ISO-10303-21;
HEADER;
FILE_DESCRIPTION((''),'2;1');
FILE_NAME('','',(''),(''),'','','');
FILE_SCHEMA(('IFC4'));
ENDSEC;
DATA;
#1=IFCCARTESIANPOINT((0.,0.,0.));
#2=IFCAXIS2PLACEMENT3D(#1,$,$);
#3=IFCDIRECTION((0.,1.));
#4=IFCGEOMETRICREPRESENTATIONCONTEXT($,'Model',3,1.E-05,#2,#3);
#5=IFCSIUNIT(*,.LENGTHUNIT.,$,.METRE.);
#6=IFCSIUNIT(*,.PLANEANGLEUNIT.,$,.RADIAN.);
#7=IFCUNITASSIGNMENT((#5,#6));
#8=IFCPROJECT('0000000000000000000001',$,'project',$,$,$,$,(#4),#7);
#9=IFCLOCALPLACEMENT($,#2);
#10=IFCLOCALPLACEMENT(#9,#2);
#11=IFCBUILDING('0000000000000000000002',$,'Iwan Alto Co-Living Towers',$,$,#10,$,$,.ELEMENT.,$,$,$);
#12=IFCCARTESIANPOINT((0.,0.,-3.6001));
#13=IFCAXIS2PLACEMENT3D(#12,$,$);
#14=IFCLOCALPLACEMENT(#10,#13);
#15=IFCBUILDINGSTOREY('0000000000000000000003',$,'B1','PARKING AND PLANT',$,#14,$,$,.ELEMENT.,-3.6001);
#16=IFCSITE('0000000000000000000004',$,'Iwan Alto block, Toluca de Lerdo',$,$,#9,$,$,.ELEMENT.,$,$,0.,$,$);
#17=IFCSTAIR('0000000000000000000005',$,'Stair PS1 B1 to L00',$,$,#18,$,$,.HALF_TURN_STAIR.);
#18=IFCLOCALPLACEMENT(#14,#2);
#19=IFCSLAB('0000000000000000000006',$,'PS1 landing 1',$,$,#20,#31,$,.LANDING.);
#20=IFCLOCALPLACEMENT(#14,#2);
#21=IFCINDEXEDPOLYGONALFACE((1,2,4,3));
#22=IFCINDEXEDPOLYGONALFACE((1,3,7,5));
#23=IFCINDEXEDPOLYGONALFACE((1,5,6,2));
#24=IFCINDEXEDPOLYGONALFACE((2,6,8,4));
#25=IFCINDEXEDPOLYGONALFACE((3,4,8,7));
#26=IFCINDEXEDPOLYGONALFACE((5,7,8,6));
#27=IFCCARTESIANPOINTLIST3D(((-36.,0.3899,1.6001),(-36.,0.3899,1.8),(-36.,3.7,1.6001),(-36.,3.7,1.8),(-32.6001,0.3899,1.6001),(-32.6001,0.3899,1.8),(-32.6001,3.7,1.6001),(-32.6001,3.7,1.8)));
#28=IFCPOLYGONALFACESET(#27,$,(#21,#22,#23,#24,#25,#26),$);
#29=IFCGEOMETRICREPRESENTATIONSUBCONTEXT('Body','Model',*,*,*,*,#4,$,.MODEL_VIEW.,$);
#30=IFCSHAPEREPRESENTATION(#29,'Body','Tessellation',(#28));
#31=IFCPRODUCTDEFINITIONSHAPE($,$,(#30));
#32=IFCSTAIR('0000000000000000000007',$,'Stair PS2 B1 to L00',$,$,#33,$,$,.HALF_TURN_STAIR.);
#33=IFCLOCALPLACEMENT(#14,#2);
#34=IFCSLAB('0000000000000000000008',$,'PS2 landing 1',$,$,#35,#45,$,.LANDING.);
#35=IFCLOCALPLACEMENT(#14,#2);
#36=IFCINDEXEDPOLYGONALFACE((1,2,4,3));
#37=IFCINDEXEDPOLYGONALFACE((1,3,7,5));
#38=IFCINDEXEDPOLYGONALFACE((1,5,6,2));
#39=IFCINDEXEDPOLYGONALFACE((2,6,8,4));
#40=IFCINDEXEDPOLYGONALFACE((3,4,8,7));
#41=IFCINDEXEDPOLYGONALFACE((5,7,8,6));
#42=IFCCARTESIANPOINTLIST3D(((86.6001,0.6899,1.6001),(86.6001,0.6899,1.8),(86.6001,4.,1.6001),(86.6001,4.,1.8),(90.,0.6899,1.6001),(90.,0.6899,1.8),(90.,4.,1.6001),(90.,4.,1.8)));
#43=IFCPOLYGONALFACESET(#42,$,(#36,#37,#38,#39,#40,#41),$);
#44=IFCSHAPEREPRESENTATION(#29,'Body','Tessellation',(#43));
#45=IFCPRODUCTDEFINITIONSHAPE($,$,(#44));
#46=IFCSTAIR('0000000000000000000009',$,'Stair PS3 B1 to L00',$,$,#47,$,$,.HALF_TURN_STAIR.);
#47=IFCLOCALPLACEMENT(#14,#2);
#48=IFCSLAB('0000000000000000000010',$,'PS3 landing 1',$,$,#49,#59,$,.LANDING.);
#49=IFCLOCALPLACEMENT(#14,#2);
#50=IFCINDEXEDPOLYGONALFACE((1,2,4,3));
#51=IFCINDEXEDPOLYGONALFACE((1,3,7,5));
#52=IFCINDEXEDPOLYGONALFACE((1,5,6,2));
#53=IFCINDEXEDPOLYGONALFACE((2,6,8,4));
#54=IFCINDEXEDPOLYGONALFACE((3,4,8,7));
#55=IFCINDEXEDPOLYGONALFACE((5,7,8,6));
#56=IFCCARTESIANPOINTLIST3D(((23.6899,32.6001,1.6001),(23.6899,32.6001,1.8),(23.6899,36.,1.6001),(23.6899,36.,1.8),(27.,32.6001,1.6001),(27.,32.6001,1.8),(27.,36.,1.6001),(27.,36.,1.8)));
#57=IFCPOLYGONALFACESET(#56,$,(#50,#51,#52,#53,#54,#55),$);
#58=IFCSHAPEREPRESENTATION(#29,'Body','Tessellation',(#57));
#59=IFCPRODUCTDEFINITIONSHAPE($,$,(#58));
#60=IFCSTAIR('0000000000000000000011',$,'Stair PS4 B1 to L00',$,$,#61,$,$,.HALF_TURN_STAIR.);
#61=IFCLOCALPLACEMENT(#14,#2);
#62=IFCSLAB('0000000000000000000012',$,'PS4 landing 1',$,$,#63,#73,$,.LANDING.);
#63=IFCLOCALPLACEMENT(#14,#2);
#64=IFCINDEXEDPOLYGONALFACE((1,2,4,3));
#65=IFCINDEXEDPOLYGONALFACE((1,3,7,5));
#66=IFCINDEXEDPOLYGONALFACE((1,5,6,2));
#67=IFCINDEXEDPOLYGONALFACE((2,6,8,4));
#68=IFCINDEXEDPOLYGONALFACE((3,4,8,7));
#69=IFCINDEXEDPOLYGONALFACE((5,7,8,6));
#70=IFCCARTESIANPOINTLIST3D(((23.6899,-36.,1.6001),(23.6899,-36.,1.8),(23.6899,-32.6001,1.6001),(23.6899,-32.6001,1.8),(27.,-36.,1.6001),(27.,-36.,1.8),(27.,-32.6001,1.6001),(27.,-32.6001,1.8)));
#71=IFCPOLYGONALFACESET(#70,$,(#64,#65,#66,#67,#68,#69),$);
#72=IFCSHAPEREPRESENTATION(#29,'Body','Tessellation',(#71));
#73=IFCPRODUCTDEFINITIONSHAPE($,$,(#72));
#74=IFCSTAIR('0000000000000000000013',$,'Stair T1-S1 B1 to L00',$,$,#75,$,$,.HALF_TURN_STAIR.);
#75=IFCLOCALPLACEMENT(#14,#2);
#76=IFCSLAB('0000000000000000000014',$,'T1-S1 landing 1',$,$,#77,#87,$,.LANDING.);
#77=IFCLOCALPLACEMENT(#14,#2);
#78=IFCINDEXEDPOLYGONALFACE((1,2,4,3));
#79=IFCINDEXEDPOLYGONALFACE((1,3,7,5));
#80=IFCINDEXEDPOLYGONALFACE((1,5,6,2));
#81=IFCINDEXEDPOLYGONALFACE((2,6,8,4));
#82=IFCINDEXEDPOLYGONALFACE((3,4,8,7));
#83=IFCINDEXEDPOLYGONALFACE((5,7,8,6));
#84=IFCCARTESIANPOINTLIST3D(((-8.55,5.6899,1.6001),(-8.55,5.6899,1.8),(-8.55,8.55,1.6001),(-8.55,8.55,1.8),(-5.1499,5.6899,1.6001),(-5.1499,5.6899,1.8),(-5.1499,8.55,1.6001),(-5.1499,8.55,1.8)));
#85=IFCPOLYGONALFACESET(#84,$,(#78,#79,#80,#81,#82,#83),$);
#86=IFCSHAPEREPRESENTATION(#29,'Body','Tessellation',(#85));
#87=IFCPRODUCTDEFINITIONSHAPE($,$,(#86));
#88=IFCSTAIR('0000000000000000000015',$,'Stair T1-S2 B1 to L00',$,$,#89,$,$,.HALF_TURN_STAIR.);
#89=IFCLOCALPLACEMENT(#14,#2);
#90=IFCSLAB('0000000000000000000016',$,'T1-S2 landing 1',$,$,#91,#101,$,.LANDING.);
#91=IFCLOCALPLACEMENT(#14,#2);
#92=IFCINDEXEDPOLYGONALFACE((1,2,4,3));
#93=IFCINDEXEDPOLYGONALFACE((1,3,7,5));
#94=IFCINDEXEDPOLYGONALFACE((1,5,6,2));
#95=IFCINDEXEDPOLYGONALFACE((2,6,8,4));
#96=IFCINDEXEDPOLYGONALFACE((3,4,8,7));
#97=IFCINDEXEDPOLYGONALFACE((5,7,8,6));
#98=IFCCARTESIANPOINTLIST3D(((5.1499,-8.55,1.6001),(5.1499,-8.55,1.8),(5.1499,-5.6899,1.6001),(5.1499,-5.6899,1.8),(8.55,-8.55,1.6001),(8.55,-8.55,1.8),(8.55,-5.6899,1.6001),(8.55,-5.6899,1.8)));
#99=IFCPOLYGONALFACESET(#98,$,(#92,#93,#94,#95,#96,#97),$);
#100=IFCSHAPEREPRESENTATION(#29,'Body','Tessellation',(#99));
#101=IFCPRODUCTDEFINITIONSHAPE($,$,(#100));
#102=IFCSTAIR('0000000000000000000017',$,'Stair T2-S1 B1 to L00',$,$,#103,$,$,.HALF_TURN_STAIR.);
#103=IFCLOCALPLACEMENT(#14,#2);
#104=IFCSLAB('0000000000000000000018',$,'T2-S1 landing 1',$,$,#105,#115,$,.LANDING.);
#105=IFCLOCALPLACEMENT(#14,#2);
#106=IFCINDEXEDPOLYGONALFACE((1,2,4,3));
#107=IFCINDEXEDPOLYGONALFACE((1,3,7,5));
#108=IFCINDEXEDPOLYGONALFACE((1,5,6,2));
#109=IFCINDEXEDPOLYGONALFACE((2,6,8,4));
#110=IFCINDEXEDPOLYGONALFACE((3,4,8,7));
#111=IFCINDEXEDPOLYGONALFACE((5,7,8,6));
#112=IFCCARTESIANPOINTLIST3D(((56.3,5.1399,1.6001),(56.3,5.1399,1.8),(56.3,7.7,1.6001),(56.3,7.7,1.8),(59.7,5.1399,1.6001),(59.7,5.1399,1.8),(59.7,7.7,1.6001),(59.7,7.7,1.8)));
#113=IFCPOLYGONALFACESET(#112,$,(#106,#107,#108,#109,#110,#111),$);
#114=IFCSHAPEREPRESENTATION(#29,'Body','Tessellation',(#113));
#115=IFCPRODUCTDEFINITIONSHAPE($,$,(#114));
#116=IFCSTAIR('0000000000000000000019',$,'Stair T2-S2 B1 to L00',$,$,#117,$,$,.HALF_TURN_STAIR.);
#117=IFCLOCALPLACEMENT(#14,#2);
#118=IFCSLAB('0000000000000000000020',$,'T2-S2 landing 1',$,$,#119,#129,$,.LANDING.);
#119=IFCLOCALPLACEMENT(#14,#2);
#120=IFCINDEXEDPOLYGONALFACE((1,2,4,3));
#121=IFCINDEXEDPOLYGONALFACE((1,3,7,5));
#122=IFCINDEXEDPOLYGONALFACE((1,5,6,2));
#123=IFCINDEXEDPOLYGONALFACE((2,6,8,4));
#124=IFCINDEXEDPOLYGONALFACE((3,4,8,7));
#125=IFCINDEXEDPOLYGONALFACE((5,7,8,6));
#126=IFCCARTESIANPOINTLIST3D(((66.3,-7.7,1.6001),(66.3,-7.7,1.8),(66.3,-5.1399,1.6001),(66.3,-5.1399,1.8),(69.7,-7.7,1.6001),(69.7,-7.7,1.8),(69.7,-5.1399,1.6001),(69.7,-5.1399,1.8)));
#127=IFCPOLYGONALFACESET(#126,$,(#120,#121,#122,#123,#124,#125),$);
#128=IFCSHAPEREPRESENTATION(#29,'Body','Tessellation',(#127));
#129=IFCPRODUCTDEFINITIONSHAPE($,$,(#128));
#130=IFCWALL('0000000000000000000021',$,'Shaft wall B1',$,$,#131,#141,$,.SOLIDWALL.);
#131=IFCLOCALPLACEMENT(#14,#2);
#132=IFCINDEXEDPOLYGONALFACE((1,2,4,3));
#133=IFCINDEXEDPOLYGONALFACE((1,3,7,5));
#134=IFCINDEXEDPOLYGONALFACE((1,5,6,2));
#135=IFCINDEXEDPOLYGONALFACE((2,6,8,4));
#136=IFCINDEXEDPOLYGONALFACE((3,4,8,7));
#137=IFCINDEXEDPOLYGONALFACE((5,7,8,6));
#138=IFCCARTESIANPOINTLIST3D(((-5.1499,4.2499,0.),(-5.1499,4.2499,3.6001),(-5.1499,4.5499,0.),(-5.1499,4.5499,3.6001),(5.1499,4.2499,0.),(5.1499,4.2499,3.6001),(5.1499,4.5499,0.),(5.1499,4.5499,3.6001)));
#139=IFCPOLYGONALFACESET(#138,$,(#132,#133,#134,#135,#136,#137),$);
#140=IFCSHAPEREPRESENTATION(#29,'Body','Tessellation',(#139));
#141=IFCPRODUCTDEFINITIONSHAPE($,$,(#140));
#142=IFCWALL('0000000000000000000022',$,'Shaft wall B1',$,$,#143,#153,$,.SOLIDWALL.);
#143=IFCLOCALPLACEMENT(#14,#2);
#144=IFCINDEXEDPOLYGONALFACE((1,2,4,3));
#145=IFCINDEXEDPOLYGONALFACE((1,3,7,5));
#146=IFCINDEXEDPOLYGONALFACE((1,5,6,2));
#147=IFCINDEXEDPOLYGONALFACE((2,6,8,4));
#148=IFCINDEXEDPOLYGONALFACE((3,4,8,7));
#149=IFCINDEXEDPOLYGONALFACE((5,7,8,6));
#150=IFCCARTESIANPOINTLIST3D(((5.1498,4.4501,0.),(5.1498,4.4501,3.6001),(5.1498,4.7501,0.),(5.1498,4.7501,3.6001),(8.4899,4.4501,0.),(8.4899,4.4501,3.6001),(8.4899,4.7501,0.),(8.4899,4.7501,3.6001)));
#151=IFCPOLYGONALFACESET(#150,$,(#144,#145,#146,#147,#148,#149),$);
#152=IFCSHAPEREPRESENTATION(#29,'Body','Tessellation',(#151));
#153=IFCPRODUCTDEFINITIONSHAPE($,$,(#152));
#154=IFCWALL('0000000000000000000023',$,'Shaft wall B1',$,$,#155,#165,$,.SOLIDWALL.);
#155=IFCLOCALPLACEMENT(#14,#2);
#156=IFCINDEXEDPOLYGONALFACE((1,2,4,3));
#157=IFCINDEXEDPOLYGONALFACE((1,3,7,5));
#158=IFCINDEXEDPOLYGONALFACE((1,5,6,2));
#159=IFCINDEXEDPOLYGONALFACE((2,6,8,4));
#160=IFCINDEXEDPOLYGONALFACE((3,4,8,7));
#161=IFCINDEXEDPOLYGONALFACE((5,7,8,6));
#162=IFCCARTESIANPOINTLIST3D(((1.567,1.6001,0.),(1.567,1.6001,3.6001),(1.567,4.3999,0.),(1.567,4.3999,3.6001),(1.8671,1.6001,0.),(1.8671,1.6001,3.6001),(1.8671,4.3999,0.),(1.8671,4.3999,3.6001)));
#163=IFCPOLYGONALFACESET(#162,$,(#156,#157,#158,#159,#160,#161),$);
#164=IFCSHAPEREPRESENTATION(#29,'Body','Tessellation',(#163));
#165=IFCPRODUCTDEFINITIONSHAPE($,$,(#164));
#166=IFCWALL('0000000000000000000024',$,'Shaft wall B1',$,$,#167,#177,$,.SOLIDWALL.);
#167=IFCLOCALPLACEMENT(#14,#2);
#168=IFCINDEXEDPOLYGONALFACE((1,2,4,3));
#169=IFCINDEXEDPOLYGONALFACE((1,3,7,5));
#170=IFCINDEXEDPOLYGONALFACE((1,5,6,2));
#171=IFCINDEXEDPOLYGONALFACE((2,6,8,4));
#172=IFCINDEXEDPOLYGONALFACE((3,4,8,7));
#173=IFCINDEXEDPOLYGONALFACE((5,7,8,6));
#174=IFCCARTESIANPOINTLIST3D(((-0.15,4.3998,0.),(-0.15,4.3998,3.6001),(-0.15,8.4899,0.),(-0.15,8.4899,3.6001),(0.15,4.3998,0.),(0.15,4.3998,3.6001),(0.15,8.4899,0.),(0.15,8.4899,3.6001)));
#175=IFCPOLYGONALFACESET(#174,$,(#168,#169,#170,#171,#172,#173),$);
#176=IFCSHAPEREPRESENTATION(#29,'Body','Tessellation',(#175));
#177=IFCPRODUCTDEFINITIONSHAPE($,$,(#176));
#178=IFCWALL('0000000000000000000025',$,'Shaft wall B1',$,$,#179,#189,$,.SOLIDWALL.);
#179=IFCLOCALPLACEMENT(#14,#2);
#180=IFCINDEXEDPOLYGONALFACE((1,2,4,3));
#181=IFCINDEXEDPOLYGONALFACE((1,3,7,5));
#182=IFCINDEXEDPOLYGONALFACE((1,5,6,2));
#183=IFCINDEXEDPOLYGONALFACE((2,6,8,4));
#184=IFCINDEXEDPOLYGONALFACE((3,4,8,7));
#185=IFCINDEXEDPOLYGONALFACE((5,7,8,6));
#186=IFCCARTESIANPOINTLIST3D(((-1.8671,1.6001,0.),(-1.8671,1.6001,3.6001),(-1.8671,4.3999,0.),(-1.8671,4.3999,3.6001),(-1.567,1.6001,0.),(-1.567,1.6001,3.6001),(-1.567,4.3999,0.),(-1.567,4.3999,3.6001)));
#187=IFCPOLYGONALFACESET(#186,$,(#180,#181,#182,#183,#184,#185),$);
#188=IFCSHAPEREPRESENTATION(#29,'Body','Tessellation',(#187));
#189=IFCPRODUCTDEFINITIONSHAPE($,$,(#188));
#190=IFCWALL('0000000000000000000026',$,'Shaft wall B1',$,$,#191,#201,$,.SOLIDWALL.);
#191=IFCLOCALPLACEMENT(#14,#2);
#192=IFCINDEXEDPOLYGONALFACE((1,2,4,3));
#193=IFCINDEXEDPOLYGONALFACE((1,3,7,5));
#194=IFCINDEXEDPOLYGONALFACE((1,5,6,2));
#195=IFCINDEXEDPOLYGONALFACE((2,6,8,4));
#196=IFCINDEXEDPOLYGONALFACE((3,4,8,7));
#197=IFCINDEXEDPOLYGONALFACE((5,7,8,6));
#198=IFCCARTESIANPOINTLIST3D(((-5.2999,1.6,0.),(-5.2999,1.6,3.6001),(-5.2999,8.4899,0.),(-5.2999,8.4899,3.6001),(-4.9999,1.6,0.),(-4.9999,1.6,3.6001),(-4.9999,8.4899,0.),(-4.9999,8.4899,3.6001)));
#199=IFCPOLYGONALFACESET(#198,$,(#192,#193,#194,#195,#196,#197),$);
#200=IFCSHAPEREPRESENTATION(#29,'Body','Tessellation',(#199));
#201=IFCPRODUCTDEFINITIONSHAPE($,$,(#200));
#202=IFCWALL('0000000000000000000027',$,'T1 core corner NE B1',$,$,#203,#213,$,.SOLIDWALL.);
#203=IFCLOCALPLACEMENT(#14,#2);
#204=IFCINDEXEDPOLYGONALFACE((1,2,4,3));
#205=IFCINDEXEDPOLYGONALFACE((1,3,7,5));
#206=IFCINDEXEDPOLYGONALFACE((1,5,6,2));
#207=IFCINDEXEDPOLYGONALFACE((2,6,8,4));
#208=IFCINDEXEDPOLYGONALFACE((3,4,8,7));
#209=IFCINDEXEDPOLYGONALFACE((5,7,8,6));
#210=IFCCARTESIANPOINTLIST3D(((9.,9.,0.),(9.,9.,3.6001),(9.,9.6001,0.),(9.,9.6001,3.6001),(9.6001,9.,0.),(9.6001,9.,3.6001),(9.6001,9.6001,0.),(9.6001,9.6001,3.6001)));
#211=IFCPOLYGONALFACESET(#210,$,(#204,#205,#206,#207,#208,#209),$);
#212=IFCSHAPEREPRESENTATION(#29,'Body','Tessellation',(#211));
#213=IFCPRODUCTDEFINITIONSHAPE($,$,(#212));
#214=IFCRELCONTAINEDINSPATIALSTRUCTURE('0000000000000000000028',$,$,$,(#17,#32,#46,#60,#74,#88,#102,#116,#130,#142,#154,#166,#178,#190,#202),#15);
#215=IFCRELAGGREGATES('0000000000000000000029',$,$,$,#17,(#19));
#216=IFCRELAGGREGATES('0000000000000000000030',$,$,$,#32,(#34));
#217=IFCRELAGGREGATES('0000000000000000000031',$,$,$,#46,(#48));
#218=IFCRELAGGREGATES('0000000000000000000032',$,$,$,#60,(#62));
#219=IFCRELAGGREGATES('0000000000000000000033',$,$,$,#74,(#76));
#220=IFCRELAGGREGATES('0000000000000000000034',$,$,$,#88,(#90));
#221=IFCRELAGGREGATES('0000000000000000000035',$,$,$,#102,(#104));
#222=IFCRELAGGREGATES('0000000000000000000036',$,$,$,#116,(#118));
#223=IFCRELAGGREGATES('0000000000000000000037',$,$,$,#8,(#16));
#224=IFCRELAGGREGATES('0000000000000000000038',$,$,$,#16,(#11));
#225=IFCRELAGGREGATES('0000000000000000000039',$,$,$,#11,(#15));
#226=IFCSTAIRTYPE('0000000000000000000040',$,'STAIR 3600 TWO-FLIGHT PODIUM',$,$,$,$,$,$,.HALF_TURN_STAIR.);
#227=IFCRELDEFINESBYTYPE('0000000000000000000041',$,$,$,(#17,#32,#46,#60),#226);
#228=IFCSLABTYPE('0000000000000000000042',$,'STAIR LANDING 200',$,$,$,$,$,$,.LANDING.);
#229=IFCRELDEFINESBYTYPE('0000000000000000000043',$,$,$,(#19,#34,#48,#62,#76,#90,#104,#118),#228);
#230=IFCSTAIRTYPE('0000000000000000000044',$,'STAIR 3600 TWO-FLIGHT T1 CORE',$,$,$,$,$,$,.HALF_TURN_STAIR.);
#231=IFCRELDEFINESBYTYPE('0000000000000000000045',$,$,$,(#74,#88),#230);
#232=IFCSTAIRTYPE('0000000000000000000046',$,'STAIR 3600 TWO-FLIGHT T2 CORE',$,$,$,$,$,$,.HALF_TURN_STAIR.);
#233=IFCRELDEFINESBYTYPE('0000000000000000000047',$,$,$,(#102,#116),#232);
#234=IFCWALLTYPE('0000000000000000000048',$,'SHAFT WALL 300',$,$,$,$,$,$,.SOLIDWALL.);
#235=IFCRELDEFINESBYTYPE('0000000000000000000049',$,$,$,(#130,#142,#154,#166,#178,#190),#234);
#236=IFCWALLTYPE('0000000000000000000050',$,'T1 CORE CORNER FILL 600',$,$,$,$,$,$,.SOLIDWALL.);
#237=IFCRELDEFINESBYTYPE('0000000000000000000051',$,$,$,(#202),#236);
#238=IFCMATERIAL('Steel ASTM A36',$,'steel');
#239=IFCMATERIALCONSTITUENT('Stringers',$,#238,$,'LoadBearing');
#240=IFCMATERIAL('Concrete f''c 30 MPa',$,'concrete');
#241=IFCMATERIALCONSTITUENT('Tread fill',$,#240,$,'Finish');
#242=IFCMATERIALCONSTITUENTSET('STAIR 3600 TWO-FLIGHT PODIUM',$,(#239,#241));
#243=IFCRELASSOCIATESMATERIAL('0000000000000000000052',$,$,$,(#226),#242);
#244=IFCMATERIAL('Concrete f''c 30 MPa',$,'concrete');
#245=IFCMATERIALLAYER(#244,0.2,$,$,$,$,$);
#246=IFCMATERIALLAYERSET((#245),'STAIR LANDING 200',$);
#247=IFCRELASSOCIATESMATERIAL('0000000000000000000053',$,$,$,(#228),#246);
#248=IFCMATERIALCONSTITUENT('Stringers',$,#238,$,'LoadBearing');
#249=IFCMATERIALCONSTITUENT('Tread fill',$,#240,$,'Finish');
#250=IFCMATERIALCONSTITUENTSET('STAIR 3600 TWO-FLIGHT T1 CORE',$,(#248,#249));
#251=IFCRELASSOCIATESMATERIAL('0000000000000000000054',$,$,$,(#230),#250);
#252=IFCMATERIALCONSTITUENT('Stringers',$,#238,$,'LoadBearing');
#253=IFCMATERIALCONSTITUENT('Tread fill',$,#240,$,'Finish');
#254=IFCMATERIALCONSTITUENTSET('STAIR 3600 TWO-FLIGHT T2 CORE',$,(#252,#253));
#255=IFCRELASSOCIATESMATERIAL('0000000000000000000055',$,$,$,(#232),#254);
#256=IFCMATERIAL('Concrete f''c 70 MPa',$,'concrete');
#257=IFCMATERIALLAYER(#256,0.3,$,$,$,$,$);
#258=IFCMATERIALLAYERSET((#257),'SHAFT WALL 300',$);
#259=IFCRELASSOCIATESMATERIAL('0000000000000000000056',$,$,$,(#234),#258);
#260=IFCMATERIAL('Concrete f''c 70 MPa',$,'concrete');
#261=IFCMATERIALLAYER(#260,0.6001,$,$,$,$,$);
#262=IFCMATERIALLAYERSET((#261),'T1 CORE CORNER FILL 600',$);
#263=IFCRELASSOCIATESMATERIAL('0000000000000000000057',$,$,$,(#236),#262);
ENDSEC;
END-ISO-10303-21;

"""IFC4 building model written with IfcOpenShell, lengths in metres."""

from ifc_helpers import new_model, si_unit, direction, frame, frame_2d, origin, place, context, subcontext, project, spatial, polyline, rectangle, outline, extrude, material, layer, layer_set, constituent, constituent_set, type_object, element, aggregate, save


model = new_model("IFC4")

# Units and contexts
model_context = context("Model", 3, precision=1e-05, world=origin(), true_north=direction((0.0, 1.0)))
body_context = subcontext(model_context, "Body", "Model", "MODEL_VIEW")
ifc_project = project(units=[si_unit("LENGTHUNIT", "METRE"), si_unit("PLANEANGLEUNIT", "RADIAN")], contexts=[model_context])

# Site, building, storey
site_placement = place(None, origin())
site = spatial("IfcSite", under=ifc_project, at=site_placement, Name="Iwan Alto block, Toluca de Lerdo", CompositionType="ELEMENT", RefElevation=0.0)
building_placement = place(site_placement, origin())
building = spatial("IfcBuilding", under=site, at=building_placement, Name="Iwan Alto Co-Living Towers", CompositionType="ELEMENT")
storey_placement = place(building_placement, frame((0.0, 0.0, -3.6001)))
storey = spatial("IfcBuildingStorey", under=building, at=storey_placement, Name="B1", Description="PARKING AND PLANT", CompositionType="ELEMENT", Elevation=-3.6001)

# Stairs, slabs
ifc_material_1 = material(Name="Steel ASTM A36", Category="steel")
ifc_constituent_1 = constituent(ifc_material_1, Name="Stringers", Category="LoadBearing")
ifc_material_2 = material(Name="Concrete f'c 30 MPa", Category="concrete")
ifc_constituent_2 = constituent(ifc_material_2, Name="Tread fill", Category="Finish")
ifc_constituent_set_1 = constituent_set(constituents=[ifc_constituent_1, ifc_constituent_2], Name="STAIR 3600 TWO-FLIGHT PODIUM")
stair_type_1 = type_object("IfcStairType", Name="STAIR 3600 TWO-FLIGHT PODIUM", PredefinedType="HALF_TURN_STAIR", material=ifc_constituent_set_1)
stair_1_placement = place(storey_placement, origin())
stair_1 = element("IfcStair", 1, at=stair_1_placement, inside=storey, type_object=stair_type_1, Name="Stair PS1 B1 to L00", PredefinedType="HALF_TURN_STAIR")
ifc_material_3 = material(Name="Concrete f'c 30 MPa", Category="concrete")
ifc_layer_1 = layer(ifc_material_3, 0.2)
ifc_layer_set_1 = layer_set([ifc_layer_1], Name="STAIR LANDING 200")
slab_type_1 = type_object("IfcSlabType", Name="STAIR LANDING 200", PredefinedType="LANDING", material=ifc_layer_set_1)
slab_1_placement = place(storey_placement, frame((0.0, 0.0, 1.6001)))
slab_1 = element("IfcSlab", 2, at=slab_1_placement, type_object=slab_type_1, Name="PS1 landing 1", PredefinedType="LANDING", context=body_context, shape_type="SweptSolid", body=[
    extrude(outline(polyline([(-36.0, 0.3899), (-36.0, 3.7), (-32.6001, 3.7), (-32.6001, 0.3899), (-36.0, 0.3899)])), origin(), (0.0, 0.0, 1.0), 0.2),
])
aggregate(stair_1, [slab_1])
stair_2_placement = place(storey_placement, origin())
stair_2 = element("IfcStair", 3, at=stair_2_placement, inside=storey, type_object=stair_type_1, Name="Stair PS2 B1 to L00", PredefinedType="HALF_TURN_STAIR")
slab_2_placement = place(storey_placement, frame((0.0, 0.0, 1.6001)))
slab_2 = element("IfcSlab", 4, at=slab_2_placement, type_object=slab_type_1, Name="PS2 landing 1", PredefinedType="LANDING", context=body_context, shape_type="SweptSolid", body=[
    extrude(outline(polyline([(86.6001, 0.6899), (86.6001, 4.0), (90.0, 4.0), (90.0, 0.6899), (86.6001, 0.6899)])), origin(), (0.0, 0.0, 1.0), 0.2),
])
aggregate(stair_2, [slab_2])
stair_3_placement = place(storey_placement, origin())
stair_3 = element("IfcStair", 5, at=stair_3_placement, inside=storey, type_object=stair_type_1, Name="Stair PS3 B1 to L00", PredefinedType="HALF_TURN_STAIR")
slab_3_placement = place(storey_placement, frame((0.0, 0.0, 1.6001)))
slab_3 = element("IfcSlab", 6, at=slab_3_placement, type_object=slab_type_1, Name="PS3 landing 1", PredefinedType="LANDING", context=body_context, shape_type="SweptSolid", body=[
    extrude(outline(polyline([(23.6899, 32.6001), (27.0, 32.6001), (27.0, 36.0), (23.6899, 36.0), (23.6899, 32.6001)])), origin(), (0.0, 0.0, 1.0), 0.2),
])
aggregate(stair_3, [slab_3])
stair_4_placement = place(storey_placement, origin())
stair_4 = element("IfcStair", 7, at=stair_4_placement, inside=storey, type_object=stair_type_1, Name="Stair PS4 B1 to L00", PredefinedType="HALF_TURN_STAIR")
slab_4_placement = place(storey_placement, frame((0.0, 0.0, 1.6001)))
slab_4 = element("IfcSlab", 8, at=slab_4_placement, type_object=slab_type_1, Name="PS4 landing 1", PredefinedType="LANDING", context=body_context, shape_type="SweptSolid", body=[
    extrude(outline(polyline([(23.6899, -36.0), (27.0, -36.0), (27.0, -32.6001), (23.6899, -32.6001), (23.6899, -36.0)])), origin(), (0.0, 0.0, 1.0), 0.2),
])
aggregate(stair_4, [slab_4])
ifc_constituent_3 = constituent(ifc_material_1, Name="Stringers", Category="LoadBearing")
ifc_constituent_4 = constituent(ifc_material_2, Name="Tread fill", Category="Finish")
ifc_constituent_set_2 = constituent_set(constituents=[ifc_constituent_3, ifc_constituent_4], Name="STAIR 3600 TWO-FLIGHT T1 CORE")
stair_type_2 = type_object("IfcStairType", Name="STAIR 3600 TWO-FLIGHT T1 CORE", PredefinedType="HALF_TURN_STAIR", material=ifc_constituent_set_2)
stair_5_placement = place(storey_placement, origin())
stair_5 = element("IfcStair", 9, at=stair_5_placement, inside=storey, type_object=stair_type_2, Name="Stair T1-S1 B1 to L00", PredefinedType="HALF_TURN_STAIR")
slab_5_placement = place(storey_placement, frame((0.0, 0.0, 1.6001)))
slab_5 = element("IfcSlab", 10, at=slab_5_placement, type_object=slab_type_1, Name="T1-S1 landing 1", PredefinedType="LANDING", context=body_context, shape_type="SweptSolid", body=[
    extrude(outline(polyline([(-8.55, 5.6899), (-8.55, 8.55), (-5.1499, 8.55), (-5.1499, 5.6899), (-8.55, 5.6899)])), origin(), (0.0, 0.0, 1.0), 0.2),
])
aggregate(stair_5, [slab_5])
stair_6_placement = place(storey_placement, origin())
stair_6 = element("IfcStair", 11, at=stair_6_placement, inside=storey, type_object=stair_type_2, Name="Stair T1-S2 B1 to L00", PredefinedType="HALF_TURN_STAIR")
slab_6_placement = place(storey_placement, frame((0.0, 0.0, 1.6001)))
slab_6 = element("IfcSlab", 12, at=slab_6_placement, type_object=slab_type_1, Name="T1-S2 landing 1", PredefinedType="LANDING", context=body_context, shape_type="SweptSolid", body=[
    extrude(outline(polyline([(5.1499, -5.6899), (5.1499, -8.55), (8.55, -8.55), (8.55, -5.6899), (5.1499, -5.6899)])), origin(), (0.0, 0.0, 1.0), 0.2),
])
aggregate(stair_6, [slab_6])
ifc_constituent_5 = constituent(ifc_material_1, Name="Stringers", Category="LoadBearing")
ifc_constituent_6 = constituent(ifc_material_2, Name="Tread fill", Category="Finish")
ifc_constituent_set_3 = constituent_set(constituents=[ifc_constituent_5, ifc_constituent_6], Name="STAIR 3600 TWO-FLIGHT T2 CORE")
stair_type_3 = type_object("IfcStairType", Name="STAIR 3600 TWO-FLIGHT T2 CORE", PredefinedType="HALF_TURN_STAIR", material=ifc_constituent_set_3)
stair_7_placement = place(storey_placement, origin())
stair_7 = element("IfcStair", 13, at=stair_7_placement, inside=storey, type_object=stair_type_3, Name="Stair T2-S1 B1 to L00", PredefinedType="HALF_TURN_STAIR")
slab_7_placement = place(storey_placement, frame((0.0, 0.0, 1.6001)))
slab_7 = element("IfcSlab", 14, at=slab_7_placement, type_object=slab_type_1, Name="T2-S1 landing 1", PredefinedType="LANDING", context=body_context, shape_type="SweptSolid", body=[
    extrude(outline(polyline([(56.3, 5.1399), (56.3, 7.7), (59.7, 7.7), (59.7, 5.1399), (56.3, 5.1399)])), origin(), (0.0, 0.0, 1.0), 0.2),
])
aggregate(stair_7, [slab_7])
stair_8_placement = place(storey_placement, origin())
stair_8 = element("IfcStair", 15, at=stair_8_placement, inside=storey, type_object=stair_type_3, Name="Stair T2-S2 B1 to L00", PredefinedType="HALF_TURN_STAIR")
slab_8_placement = place(storey_placement, frame((0.0, 0.0, 1.6001)))
slab_8 = element("IfcSlab", 16, at=slab_8_placement, type_object=slab_type_1, Name="T2-S2 landing 1", PredefinedType="LANDING", context=body_context, shape_type="SweptSolid", body=[
    extrude(outline(polyline([(66.3, -5.1399), (66.3, -7.7), (69.7, -7.7), (69.7, -5.1399), (66.3, -5.1399)])), origin(), (0.0, 0.0, 1.0), 0.2),
])
aggregate(stair_8, [slab_8])

# Walls
ifc_material_4 = material(Name="Concrete f'c 70 MPa", Category="concrete")
ifc_layer_2 = layer(ifc_material_4, 0.3)
ifc_layer_set_2 = layer_set([ifc_layer_2], Name="SHAFT WALL 300")
wall_type_1 = type_object("IfcWallType", Name="SHAFT WALL 300", PredefinedType="SOLIDWALL", material=ifc_layer_set_2)
wall_1_placement = place(storey_placement, frame((-5.1499, 4.3999, 0.0), z_axis=(0.0, 0.0, 1.0), x_axis=(1.0, 0.0, 0.0)))
element("IfcWall", 17, at=wall_1_placement, inside=storey, type_object=wall_type_1, Name="Shaft wall B1", PredefinedType="SOLIDWALL", context=body_context, shape_type="SweptSolid", body=[
    extrude(rectangle(XDim=10.2998, YDim=0.3, at=frame_2d((5.1499, 0.0))), origin(), (0.0, 0.0, 1.0), 3.6001),
])
wall_2_placement = place(storey_placement, frame((5.1499, 4.6001, 0.0), z_axis=(0.0, 0.0, 1.0), x_axis=(1.0, 0.0, 0.0)))
element("IfcWall", 18, at=wall_2_placement, inside=storey, type_object=wall_type_1, Name="Shaft wall B1", PredefinedType="SOLIDWALL", context=body_context, shape_type="SweptSolid", body=[
    extrude(rectangle(XDim=3.3401, YDim=0.3, at=frame_2d((1.6699, 0.0))), origin(), (0.0, 0.0, 1.0), 3.6001),
])
wall_3_placement = place(storey_placement, frame((1.717, 1.6001, 0.0), z_axis=(0.0, 0.0, 1.0), x_axis=(0.0, 1.0, 0.0)))
element("IfcWall", 19, at=wall_3_placement, inside=storey, type_object=wall_type_1, Name="Shaft wall B1", PredefinedType="SOLIDWALL", context=body_context, shape_type="SweptSolid", body=[
    extrude(rectangle(XDim=2.7998, YDim=0.3, at=frame_2d((1.3999, 0.0))), origin(), (0.0, 0.0, 1.0), 3.6001),
])
wall_4_placement = place(storey_placement, frame((0.0, 4.3999, 0.0), z_axis=(0.0, 0.0, 1.0), x_axis=(0.0, 1.0, 0.0)))
element("IfcWall", 20, at=wall_4_placement, inside=storey, type_object=wall_type_1, Name="Shaft wall B1", PredefinedType="SOLIDWALL", context=body_context, shape_type="SweptSolid", body=[
    extrude(rectangle(XDim=4.0901, YDim=0.3, at=frame_2d((2.0449, 0.0))), origin(), (0.0, 0.0, 1.0), 3.6001),
])
wall_5_placement = place(storey_placement, frame((-1.717, 1.6001, 0.0), z_axis=(0.0, 0.0, 1.0), x_axis=(0.0, 1.0, 0.0)))
element("IfcWall", 21, at=wall_5_placement, inside=storey, type_object=wall_type_1, Name="Shaft wall B1", PredefinedType="SOLIDWALL", context=body_context, shape_type="SweptSolid", body=[
    extrude(rectangle(XDim=2.7998, YDim=0.3, at=frame_2d((1.3999, 0.0))), origin(), (0.0, 0.0, 1.0), 3.6001),
])
wall_6_placement = place(storey_placement, frame((-5.1499, 1.6001, 0.0), z_axis=(0.0, 0.0, 1.0), x_axis=(0.0, 1.0, 0.0)))
element("IfcWall", 22, at=wall_6_placement, inside=storey, type_object=wall_type_1, Name="Shaft wall B1", PredefinedType="SOLIDWALL", context=body_context, shape_type="SweptSolid", body=[
    extrude(rectangle(XDim=6.8899, YDim=0.3, at=frame_2d((3.4448, 0.0))), origin(), (0.0, 0.0, 1.0), 3.6001),
])
ifc_material_5 = material(Name="Concrete f'c 70 MPa", Category="concrete")
ifc_layer_3 = layer(ifc_material_5, 0.6001)
ifc_layer_set_3 = layer_set([ifc_layer_3], Name="T1 CORE CORNER FILL 600")
wall_type_2 = type_object("IfcWallType", Name="T1 CORE CORNER FILL 600", PredefinedType="SOLIDWALL", material=ifc_layer_set_3)
wall_7_placement = place(storey_placement, frame((9.0, 9.3, 0.0), z_axis=(0.0, 0.0, 1.0), x_axis=(1.0, 0.0, 0.0)))
element("IfcWall", 23, at=wall_7_placement, inside=storey, type_object=wall_type_2, Name="T1 core corner NE B1", PredefinedType="SOLIDWALL", context=body_context, shape_type="SweptSolid", body=[
    extrude(rectangle(XDim=0.6001, YDim=0.6001, at=frame_2d((0.3, 0.0))), origin(), (0.0, 0.0, 1.0), 3.6001),
])

save(model, "model.ifc")
